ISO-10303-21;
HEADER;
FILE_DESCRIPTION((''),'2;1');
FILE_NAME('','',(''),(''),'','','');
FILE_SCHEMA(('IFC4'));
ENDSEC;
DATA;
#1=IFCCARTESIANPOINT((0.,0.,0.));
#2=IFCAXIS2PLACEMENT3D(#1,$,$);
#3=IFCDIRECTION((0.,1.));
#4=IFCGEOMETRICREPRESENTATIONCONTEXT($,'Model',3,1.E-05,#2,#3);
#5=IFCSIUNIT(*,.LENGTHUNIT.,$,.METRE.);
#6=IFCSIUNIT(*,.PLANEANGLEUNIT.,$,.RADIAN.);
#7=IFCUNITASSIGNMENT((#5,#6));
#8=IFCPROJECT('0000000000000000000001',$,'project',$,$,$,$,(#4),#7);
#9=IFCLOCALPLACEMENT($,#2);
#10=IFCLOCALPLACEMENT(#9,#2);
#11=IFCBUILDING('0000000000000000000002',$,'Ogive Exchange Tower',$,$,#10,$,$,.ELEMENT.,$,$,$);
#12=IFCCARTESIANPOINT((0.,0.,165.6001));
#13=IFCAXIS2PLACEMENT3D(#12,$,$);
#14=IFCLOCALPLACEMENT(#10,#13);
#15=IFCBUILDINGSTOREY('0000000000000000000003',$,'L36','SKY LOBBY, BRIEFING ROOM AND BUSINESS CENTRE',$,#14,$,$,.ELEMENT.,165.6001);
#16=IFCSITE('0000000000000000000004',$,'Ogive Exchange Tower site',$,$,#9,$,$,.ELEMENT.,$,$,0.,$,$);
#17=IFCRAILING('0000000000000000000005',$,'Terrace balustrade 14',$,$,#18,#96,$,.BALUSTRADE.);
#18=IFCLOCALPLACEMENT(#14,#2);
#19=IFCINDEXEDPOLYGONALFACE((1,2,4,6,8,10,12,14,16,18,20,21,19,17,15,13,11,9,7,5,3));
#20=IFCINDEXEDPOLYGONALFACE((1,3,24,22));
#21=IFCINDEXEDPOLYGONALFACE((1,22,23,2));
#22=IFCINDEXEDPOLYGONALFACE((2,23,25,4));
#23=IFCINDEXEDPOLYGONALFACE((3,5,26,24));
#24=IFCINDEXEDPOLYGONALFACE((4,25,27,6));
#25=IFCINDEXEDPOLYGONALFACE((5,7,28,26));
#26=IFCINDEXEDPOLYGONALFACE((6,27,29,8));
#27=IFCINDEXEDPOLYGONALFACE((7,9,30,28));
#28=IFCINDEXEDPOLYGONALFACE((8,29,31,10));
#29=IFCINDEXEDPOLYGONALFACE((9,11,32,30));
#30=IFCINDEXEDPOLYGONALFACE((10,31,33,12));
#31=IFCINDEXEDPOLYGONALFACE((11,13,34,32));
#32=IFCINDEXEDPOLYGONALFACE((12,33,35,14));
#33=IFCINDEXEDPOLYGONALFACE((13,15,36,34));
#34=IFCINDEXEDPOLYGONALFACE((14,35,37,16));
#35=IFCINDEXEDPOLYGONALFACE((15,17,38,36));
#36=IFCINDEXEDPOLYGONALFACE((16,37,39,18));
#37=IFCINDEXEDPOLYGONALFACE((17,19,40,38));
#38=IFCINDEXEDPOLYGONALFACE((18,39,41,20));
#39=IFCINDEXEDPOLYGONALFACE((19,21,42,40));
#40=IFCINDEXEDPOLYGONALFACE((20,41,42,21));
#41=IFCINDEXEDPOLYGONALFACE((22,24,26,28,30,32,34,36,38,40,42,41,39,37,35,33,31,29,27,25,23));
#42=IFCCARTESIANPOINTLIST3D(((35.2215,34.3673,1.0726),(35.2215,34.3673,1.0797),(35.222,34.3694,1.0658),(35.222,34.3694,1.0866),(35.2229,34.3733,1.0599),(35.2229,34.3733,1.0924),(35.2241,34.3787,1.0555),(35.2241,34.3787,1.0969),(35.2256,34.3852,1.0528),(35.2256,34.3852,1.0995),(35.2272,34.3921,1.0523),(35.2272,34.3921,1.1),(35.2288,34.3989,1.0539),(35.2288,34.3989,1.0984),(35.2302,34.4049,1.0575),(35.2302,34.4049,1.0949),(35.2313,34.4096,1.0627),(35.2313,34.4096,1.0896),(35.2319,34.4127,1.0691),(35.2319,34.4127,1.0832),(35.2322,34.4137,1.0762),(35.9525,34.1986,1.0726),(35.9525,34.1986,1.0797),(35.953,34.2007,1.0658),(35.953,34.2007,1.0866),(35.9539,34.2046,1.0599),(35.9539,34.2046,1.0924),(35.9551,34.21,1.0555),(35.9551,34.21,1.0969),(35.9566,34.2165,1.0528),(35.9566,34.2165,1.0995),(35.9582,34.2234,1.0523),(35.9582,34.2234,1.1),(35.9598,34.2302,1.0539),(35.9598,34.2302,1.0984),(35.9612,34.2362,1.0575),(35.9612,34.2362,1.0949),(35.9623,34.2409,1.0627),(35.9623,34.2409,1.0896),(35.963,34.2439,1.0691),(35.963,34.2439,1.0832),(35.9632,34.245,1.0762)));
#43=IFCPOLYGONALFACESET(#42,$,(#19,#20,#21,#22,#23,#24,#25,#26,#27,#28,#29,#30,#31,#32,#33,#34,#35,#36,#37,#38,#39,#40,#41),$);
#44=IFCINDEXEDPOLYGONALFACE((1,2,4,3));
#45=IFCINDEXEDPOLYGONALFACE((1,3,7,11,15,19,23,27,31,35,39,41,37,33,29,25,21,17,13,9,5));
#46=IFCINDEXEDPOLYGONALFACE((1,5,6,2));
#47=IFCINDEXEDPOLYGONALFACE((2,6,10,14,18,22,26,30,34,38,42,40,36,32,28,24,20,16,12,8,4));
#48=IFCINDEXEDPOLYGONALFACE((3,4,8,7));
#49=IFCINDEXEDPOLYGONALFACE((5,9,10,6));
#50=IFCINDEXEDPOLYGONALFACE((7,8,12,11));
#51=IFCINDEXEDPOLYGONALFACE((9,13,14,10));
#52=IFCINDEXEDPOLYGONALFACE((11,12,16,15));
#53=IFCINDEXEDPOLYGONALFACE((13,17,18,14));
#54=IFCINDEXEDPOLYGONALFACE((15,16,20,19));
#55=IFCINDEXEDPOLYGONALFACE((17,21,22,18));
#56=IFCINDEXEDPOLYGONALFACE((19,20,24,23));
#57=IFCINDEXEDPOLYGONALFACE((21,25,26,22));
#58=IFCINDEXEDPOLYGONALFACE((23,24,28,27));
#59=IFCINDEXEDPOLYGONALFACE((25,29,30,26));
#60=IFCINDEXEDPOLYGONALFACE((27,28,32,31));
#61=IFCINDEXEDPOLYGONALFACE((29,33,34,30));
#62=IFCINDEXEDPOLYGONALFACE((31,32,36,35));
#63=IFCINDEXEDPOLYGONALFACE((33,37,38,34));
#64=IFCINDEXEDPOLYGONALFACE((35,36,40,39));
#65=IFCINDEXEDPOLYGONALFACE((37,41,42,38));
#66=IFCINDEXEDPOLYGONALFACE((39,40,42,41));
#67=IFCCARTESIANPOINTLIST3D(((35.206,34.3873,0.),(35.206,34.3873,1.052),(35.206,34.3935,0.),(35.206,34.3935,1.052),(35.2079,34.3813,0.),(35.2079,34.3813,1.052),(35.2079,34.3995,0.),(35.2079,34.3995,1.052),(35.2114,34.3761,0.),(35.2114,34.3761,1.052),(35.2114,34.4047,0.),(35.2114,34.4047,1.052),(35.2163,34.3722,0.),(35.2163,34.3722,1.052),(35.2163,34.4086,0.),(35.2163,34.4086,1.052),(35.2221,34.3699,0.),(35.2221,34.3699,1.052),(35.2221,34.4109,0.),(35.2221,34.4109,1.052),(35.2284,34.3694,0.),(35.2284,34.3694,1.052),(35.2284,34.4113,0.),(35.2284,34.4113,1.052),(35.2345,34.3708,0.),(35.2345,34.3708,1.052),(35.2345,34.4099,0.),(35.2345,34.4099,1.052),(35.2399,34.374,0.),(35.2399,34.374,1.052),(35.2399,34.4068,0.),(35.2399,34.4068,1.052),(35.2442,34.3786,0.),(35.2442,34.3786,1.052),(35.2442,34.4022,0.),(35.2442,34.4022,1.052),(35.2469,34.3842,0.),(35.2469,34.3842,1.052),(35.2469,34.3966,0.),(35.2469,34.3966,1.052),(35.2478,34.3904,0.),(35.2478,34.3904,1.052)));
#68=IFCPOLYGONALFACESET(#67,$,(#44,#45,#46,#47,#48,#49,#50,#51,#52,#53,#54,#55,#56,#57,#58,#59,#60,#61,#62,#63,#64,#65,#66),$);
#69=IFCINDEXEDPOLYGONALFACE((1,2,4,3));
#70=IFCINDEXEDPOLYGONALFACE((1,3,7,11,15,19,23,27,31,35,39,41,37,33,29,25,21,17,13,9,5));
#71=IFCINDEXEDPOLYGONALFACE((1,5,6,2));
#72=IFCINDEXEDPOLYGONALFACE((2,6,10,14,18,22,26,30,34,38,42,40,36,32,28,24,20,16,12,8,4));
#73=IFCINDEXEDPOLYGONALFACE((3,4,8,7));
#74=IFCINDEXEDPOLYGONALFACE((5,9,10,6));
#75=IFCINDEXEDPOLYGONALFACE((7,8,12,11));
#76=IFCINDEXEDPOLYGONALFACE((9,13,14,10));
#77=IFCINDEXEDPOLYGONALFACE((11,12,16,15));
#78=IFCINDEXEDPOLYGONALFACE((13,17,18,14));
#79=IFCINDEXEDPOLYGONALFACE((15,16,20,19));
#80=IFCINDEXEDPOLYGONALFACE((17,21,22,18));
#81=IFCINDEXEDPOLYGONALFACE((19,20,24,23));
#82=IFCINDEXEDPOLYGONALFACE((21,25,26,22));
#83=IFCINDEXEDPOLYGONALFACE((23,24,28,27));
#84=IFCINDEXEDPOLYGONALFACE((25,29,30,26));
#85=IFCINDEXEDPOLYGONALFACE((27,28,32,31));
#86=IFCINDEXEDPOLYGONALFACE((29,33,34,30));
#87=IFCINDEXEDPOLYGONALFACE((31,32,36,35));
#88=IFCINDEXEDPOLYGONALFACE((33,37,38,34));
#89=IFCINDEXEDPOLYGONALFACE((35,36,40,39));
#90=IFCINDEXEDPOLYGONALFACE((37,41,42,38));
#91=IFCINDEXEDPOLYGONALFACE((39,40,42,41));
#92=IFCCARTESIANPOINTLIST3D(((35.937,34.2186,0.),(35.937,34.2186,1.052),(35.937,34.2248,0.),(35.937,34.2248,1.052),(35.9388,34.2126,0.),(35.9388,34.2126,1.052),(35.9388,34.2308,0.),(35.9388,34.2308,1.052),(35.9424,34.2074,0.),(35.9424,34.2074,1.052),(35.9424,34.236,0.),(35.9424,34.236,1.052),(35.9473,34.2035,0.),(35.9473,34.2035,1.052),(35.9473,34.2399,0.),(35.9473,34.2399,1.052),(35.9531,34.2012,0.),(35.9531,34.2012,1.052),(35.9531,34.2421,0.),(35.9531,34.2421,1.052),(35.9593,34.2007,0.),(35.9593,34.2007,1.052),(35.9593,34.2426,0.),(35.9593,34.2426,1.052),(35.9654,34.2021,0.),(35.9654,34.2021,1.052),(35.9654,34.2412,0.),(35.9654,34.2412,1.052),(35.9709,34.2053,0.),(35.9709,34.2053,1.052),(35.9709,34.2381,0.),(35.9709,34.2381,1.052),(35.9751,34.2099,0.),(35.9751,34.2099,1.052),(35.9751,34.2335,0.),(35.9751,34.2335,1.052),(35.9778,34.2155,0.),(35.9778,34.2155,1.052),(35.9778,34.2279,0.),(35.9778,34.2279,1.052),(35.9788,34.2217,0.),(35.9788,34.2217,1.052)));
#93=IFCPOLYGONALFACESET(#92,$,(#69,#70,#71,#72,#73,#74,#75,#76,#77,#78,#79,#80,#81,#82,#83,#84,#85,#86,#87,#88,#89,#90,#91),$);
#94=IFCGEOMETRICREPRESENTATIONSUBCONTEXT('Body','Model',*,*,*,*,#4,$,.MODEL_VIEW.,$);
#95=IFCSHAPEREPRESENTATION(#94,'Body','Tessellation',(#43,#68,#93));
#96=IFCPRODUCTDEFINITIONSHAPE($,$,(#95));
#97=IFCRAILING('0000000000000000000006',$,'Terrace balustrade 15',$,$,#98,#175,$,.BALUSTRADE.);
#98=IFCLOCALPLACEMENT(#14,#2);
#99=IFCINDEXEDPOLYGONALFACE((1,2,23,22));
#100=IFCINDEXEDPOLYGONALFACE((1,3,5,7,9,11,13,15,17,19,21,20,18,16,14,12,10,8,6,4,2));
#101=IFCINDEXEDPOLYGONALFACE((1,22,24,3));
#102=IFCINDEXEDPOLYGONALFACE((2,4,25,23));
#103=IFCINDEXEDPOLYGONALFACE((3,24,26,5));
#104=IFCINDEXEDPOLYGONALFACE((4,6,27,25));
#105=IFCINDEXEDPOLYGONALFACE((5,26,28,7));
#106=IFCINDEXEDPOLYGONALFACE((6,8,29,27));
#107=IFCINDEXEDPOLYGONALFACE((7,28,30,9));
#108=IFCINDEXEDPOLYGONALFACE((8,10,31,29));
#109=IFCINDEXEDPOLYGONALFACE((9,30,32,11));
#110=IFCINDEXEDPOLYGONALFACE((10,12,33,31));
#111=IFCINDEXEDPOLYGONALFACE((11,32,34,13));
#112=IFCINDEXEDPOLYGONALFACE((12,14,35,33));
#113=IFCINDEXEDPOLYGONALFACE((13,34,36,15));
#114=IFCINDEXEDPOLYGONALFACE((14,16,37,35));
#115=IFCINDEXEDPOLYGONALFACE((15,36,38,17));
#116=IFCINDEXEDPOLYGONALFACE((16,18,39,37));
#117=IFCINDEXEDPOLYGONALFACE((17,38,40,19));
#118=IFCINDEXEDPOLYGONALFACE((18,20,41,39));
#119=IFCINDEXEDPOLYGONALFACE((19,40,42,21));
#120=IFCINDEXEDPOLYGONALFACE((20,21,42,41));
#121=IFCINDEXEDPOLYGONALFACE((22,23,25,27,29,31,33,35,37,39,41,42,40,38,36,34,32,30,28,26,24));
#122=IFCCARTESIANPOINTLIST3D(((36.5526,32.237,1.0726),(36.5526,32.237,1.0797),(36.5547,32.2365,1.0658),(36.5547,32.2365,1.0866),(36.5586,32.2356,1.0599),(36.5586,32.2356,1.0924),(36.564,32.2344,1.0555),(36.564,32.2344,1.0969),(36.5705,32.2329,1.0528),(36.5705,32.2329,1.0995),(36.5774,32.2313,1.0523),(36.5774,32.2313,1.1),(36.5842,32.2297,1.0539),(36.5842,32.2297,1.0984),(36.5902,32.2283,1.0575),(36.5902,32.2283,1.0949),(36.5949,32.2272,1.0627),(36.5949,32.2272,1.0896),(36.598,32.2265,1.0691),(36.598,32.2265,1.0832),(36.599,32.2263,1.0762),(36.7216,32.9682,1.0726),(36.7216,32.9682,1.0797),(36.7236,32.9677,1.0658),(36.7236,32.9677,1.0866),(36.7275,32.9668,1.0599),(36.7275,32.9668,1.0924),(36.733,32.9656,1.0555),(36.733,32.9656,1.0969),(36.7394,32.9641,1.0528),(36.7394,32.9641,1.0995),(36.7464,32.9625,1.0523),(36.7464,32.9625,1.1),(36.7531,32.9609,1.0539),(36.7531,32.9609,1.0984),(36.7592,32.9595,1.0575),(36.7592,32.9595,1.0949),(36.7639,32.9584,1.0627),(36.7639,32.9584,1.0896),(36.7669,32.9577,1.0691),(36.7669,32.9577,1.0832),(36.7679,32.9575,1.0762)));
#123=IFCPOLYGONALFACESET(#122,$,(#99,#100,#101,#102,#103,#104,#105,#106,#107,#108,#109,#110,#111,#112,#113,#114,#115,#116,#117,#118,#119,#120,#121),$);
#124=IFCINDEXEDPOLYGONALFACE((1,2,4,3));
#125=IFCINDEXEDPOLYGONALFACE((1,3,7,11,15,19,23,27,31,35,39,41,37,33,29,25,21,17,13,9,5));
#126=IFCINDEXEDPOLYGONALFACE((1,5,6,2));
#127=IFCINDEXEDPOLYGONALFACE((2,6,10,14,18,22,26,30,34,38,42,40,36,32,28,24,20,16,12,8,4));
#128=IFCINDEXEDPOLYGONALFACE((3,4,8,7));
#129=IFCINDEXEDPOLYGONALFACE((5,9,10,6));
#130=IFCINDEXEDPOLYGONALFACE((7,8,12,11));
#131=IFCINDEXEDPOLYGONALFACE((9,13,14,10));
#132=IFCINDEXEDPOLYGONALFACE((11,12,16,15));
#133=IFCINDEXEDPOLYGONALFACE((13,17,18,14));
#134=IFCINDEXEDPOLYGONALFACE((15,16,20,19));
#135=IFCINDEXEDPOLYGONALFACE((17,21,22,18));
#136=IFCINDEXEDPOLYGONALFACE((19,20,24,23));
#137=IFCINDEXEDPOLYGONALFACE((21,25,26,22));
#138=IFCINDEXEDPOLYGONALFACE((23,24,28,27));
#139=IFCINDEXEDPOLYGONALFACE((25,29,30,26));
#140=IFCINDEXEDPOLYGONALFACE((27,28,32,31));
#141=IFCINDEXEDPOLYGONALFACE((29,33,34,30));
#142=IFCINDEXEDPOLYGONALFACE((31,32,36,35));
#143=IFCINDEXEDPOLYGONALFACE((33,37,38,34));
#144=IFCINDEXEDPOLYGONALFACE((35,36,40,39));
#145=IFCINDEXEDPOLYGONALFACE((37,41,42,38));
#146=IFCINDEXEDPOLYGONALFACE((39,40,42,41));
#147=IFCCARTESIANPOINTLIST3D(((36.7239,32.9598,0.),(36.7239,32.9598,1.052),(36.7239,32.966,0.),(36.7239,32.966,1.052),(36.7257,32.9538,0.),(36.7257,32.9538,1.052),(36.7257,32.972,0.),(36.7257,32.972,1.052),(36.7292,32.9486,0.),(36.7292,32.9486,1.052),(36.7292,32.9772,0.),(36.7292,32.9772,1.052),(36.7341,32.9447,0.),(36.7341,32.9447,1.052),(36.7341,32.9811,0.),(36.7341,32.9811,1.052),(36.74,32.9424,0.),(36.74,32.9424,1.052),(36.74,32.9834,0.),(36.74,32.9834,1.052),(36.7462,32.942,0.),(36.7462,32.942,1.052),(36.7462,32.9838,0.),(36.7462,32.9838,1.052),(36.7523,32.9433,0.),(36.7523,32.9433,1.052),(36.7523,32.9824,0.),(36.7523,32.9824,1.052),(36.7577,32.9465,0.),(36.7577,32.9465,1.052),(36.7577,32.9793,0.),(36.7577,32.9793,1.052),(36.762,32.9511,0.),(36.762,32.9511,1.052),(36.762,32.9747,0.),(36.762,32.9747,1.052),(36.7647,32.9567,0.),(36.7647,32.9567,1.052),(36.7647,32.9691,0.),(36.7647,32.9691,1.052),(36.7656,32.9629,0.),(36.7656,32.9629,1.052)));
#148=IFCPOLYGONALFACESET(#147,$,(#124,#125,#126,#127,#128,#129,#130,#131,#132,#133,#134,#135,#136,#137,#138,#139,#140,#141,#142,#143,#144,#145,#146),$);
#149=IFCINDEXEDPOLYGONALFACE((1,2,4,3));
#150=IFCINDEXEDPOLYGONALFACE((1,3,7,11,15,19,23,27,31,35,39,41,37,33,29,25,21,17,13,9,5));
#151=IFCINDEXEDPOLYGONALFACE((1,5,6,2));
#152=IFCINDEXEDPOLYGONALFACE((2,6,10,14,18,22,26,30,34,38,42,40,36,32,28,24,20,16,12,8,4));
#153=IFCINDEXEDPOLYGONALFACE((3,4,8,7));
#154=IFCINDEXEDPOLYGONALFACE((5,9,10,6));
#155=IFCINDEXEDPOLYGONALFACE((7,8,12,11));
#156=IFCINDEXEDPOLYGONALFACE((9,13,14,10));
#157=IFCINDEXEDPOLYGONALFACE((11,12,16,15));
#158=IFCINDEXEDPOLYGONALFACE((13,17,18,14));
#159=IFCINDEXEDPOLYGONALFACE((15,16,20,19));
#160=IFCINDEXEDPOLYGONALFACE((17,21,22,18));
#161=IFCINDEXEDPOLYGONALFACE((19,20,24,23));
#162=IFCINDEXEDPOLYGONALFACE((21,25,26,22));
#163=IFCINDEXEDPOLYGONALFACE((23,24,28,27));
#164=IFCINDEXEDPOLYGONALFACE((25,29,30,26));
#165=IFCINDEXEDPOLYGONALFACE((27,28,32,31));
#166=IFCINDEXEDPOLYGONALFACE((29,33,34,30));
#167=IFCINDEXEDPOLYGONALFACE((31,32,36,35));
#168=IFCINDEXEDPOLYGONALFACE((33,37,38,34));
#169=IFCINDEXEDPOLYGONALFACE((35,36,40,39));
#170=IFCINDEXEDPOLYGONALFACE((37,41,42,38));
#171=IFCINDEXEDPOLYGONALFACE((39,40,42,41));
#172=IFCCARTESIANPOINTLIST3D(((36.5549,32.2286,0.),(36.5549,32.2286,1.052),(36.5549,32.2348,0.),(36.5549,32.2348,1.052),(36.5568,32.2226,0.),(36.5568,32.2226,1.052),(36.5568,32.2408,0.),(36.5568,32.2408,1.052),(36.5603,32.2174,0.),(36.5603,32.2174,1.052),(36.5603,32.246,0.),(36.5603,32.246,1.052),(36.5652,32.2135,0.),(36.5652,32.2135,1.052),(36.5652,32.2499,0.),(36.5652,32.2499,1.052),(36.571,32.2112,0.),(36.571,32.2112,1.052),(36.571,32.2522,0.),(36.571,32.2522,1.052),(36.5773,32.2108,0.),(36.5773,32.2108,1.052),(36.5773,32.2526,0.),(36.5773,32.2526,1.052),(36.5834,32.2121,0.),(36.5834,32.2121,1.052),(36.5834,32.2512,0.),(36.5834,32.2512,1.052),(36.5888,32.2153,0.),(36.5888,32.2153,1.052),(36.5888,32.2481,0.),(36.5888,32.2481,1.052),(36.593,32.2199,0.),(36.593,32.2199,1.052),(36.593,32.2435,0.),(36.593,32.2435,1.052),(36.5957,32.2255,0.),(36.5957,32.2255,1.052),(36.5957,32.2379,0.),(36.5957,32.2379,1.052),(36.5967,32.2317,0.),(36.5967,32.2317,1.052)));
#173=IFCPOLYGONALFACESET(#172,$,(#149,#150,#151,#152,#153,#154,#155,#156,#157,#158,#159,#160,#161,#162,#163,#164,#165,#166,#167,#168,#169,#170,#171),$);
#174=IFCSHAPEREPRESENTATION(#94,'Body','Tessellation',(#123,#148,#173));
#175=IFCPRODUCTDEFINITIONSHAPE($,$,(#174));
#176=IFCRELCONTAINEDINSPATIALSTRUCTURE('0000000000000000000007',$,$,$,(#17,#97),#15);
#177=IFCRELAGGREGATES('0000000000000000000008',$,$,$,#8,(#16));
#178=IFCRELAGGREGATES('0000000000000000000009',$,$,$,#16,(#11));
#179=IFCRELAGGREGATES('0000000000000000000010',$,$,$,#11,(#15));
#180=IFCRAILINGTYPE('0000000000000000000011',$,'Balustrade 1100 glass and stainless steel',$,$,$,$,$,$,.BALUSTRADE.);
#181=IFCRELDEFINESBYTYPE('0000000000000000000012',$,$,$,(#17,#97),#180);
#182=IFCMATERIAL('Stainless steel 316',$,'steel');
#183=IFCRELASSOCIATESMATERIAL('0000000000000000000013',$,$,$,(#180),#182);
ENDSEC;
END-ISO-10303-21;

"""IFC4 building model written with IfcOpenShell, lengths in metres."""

from ifc_helpers import new_model, si_unit, direction, frame, origin, origin_2d, place, context, subcontext, project, spatial, circle, extrude, material, type_object, element, save


model = new_model("IFC4")

# Units and contexts
model_context = context("Model", 3, precision=1e-05, world=origin(), true_north=direction((0.0, 1.0)))
body_context = subcontext(model_context, "Body", "Model", "MODEL_VIEW")
ifc_project = project(units=[si_unit("LENGTHUNIT", "METRE"), si_unit("PLANEANGLEUNIT", "RADIAN")], contexts=[model_context])

# Site, building, storey
site_placement = place(None, origin())
site = spatial("IfcSite", under=ifc_project, at=site_placement, Name="Ogive Exchange Tower site", CompositionType="ELEMENT", RefElevation=0.0)
building_placement = place(site_placement, origin())
building = spatial("IfcBuilding", under=site, at=building_placement, Name="Ogive Exchange Tower", CompositionType="ELEMENT")
storey_placement = place(building_placement, frame((0.0, 0.0, 165.6001)))
storey = spatial("IfcBuildingStorey", under=building, at=storey_placement, Name="L36", Description="SKY LOBBY, BRIEFING ROOM AND BUSINESS CENTRE", CompositionType="ELEMENT", Elevation=165.6001)

# Railings
ifc_material_1 = material(Name="Stainless steel 316", Category="steel")
railing_type_1 = type_object("IfcRailingType", Name="Balustrade 1100 glass and stainless steel", PredefinedType="BALUSTRADE", material=ifc_material_1)
railing_1_placement = place(storey_placement, frame((35.2268, 34.3904, 0.0)))
element("IfcRailing", 1, at=railing_1_placement, inside=storey, type_object=railing_type_1, Name="Terrace balustrade 14", PredefinedType="BALUSTRADE", context=body_context, shape_type="SweptSolid", body=[
    extrude(circle(Radius=0.0239, at=origin_2d()), frame((0.0, 0.0, 1.0762), z_axis=(0.974386, -0.224883, 0.0), x_axis=(0.224883, 0.974386, 0.0)), (0.0, 0.0, 1.0), 0.7502),
    extrude(circle(Radius=0.021, at=origin_2d()), origin(), (0.0, 0.0, 1.0), 1.052),
    extrude(circle(Radius=0.021, at=origin_2d()), frame((0.731, -0.1687, 0.0)), (0.0, 0.0, 1.0), 1.052),
])
railing_2_placement = place(storey_placement, frame((36.7446, 32.9629, 0.0)))
element("IfcRailing", 2, at=railing_2_placement, inside=storey, type_object=railing_type_1, Name="Terrace balustrade 15", PredefinedType="BALUSTRADE", context=body_context, shape_type="SweptSolid", body=[
    extrude(circle(Radius=0.0239, at=origin_2d()), frame((0.0, 0.0, 1.0762), z_axis=(-0.225121, -0.974331, 0.0), x_axis=(0.974331, -0.225121, 0.0)), (0.0, 0.0, 1.0), 0.7505),
    extrude(circle(Radius=0.021, at=origin_2d()), origin(), (0.0, 0.0, 1.0), 1.052),
    extrude(circle(Radius=0.021, at=origin_2d()), frame((-0.1689, -0.7312, 0.0)), (0.0, 0.0, 1.0), 1.052),
])

save(model, "model.ifc")
